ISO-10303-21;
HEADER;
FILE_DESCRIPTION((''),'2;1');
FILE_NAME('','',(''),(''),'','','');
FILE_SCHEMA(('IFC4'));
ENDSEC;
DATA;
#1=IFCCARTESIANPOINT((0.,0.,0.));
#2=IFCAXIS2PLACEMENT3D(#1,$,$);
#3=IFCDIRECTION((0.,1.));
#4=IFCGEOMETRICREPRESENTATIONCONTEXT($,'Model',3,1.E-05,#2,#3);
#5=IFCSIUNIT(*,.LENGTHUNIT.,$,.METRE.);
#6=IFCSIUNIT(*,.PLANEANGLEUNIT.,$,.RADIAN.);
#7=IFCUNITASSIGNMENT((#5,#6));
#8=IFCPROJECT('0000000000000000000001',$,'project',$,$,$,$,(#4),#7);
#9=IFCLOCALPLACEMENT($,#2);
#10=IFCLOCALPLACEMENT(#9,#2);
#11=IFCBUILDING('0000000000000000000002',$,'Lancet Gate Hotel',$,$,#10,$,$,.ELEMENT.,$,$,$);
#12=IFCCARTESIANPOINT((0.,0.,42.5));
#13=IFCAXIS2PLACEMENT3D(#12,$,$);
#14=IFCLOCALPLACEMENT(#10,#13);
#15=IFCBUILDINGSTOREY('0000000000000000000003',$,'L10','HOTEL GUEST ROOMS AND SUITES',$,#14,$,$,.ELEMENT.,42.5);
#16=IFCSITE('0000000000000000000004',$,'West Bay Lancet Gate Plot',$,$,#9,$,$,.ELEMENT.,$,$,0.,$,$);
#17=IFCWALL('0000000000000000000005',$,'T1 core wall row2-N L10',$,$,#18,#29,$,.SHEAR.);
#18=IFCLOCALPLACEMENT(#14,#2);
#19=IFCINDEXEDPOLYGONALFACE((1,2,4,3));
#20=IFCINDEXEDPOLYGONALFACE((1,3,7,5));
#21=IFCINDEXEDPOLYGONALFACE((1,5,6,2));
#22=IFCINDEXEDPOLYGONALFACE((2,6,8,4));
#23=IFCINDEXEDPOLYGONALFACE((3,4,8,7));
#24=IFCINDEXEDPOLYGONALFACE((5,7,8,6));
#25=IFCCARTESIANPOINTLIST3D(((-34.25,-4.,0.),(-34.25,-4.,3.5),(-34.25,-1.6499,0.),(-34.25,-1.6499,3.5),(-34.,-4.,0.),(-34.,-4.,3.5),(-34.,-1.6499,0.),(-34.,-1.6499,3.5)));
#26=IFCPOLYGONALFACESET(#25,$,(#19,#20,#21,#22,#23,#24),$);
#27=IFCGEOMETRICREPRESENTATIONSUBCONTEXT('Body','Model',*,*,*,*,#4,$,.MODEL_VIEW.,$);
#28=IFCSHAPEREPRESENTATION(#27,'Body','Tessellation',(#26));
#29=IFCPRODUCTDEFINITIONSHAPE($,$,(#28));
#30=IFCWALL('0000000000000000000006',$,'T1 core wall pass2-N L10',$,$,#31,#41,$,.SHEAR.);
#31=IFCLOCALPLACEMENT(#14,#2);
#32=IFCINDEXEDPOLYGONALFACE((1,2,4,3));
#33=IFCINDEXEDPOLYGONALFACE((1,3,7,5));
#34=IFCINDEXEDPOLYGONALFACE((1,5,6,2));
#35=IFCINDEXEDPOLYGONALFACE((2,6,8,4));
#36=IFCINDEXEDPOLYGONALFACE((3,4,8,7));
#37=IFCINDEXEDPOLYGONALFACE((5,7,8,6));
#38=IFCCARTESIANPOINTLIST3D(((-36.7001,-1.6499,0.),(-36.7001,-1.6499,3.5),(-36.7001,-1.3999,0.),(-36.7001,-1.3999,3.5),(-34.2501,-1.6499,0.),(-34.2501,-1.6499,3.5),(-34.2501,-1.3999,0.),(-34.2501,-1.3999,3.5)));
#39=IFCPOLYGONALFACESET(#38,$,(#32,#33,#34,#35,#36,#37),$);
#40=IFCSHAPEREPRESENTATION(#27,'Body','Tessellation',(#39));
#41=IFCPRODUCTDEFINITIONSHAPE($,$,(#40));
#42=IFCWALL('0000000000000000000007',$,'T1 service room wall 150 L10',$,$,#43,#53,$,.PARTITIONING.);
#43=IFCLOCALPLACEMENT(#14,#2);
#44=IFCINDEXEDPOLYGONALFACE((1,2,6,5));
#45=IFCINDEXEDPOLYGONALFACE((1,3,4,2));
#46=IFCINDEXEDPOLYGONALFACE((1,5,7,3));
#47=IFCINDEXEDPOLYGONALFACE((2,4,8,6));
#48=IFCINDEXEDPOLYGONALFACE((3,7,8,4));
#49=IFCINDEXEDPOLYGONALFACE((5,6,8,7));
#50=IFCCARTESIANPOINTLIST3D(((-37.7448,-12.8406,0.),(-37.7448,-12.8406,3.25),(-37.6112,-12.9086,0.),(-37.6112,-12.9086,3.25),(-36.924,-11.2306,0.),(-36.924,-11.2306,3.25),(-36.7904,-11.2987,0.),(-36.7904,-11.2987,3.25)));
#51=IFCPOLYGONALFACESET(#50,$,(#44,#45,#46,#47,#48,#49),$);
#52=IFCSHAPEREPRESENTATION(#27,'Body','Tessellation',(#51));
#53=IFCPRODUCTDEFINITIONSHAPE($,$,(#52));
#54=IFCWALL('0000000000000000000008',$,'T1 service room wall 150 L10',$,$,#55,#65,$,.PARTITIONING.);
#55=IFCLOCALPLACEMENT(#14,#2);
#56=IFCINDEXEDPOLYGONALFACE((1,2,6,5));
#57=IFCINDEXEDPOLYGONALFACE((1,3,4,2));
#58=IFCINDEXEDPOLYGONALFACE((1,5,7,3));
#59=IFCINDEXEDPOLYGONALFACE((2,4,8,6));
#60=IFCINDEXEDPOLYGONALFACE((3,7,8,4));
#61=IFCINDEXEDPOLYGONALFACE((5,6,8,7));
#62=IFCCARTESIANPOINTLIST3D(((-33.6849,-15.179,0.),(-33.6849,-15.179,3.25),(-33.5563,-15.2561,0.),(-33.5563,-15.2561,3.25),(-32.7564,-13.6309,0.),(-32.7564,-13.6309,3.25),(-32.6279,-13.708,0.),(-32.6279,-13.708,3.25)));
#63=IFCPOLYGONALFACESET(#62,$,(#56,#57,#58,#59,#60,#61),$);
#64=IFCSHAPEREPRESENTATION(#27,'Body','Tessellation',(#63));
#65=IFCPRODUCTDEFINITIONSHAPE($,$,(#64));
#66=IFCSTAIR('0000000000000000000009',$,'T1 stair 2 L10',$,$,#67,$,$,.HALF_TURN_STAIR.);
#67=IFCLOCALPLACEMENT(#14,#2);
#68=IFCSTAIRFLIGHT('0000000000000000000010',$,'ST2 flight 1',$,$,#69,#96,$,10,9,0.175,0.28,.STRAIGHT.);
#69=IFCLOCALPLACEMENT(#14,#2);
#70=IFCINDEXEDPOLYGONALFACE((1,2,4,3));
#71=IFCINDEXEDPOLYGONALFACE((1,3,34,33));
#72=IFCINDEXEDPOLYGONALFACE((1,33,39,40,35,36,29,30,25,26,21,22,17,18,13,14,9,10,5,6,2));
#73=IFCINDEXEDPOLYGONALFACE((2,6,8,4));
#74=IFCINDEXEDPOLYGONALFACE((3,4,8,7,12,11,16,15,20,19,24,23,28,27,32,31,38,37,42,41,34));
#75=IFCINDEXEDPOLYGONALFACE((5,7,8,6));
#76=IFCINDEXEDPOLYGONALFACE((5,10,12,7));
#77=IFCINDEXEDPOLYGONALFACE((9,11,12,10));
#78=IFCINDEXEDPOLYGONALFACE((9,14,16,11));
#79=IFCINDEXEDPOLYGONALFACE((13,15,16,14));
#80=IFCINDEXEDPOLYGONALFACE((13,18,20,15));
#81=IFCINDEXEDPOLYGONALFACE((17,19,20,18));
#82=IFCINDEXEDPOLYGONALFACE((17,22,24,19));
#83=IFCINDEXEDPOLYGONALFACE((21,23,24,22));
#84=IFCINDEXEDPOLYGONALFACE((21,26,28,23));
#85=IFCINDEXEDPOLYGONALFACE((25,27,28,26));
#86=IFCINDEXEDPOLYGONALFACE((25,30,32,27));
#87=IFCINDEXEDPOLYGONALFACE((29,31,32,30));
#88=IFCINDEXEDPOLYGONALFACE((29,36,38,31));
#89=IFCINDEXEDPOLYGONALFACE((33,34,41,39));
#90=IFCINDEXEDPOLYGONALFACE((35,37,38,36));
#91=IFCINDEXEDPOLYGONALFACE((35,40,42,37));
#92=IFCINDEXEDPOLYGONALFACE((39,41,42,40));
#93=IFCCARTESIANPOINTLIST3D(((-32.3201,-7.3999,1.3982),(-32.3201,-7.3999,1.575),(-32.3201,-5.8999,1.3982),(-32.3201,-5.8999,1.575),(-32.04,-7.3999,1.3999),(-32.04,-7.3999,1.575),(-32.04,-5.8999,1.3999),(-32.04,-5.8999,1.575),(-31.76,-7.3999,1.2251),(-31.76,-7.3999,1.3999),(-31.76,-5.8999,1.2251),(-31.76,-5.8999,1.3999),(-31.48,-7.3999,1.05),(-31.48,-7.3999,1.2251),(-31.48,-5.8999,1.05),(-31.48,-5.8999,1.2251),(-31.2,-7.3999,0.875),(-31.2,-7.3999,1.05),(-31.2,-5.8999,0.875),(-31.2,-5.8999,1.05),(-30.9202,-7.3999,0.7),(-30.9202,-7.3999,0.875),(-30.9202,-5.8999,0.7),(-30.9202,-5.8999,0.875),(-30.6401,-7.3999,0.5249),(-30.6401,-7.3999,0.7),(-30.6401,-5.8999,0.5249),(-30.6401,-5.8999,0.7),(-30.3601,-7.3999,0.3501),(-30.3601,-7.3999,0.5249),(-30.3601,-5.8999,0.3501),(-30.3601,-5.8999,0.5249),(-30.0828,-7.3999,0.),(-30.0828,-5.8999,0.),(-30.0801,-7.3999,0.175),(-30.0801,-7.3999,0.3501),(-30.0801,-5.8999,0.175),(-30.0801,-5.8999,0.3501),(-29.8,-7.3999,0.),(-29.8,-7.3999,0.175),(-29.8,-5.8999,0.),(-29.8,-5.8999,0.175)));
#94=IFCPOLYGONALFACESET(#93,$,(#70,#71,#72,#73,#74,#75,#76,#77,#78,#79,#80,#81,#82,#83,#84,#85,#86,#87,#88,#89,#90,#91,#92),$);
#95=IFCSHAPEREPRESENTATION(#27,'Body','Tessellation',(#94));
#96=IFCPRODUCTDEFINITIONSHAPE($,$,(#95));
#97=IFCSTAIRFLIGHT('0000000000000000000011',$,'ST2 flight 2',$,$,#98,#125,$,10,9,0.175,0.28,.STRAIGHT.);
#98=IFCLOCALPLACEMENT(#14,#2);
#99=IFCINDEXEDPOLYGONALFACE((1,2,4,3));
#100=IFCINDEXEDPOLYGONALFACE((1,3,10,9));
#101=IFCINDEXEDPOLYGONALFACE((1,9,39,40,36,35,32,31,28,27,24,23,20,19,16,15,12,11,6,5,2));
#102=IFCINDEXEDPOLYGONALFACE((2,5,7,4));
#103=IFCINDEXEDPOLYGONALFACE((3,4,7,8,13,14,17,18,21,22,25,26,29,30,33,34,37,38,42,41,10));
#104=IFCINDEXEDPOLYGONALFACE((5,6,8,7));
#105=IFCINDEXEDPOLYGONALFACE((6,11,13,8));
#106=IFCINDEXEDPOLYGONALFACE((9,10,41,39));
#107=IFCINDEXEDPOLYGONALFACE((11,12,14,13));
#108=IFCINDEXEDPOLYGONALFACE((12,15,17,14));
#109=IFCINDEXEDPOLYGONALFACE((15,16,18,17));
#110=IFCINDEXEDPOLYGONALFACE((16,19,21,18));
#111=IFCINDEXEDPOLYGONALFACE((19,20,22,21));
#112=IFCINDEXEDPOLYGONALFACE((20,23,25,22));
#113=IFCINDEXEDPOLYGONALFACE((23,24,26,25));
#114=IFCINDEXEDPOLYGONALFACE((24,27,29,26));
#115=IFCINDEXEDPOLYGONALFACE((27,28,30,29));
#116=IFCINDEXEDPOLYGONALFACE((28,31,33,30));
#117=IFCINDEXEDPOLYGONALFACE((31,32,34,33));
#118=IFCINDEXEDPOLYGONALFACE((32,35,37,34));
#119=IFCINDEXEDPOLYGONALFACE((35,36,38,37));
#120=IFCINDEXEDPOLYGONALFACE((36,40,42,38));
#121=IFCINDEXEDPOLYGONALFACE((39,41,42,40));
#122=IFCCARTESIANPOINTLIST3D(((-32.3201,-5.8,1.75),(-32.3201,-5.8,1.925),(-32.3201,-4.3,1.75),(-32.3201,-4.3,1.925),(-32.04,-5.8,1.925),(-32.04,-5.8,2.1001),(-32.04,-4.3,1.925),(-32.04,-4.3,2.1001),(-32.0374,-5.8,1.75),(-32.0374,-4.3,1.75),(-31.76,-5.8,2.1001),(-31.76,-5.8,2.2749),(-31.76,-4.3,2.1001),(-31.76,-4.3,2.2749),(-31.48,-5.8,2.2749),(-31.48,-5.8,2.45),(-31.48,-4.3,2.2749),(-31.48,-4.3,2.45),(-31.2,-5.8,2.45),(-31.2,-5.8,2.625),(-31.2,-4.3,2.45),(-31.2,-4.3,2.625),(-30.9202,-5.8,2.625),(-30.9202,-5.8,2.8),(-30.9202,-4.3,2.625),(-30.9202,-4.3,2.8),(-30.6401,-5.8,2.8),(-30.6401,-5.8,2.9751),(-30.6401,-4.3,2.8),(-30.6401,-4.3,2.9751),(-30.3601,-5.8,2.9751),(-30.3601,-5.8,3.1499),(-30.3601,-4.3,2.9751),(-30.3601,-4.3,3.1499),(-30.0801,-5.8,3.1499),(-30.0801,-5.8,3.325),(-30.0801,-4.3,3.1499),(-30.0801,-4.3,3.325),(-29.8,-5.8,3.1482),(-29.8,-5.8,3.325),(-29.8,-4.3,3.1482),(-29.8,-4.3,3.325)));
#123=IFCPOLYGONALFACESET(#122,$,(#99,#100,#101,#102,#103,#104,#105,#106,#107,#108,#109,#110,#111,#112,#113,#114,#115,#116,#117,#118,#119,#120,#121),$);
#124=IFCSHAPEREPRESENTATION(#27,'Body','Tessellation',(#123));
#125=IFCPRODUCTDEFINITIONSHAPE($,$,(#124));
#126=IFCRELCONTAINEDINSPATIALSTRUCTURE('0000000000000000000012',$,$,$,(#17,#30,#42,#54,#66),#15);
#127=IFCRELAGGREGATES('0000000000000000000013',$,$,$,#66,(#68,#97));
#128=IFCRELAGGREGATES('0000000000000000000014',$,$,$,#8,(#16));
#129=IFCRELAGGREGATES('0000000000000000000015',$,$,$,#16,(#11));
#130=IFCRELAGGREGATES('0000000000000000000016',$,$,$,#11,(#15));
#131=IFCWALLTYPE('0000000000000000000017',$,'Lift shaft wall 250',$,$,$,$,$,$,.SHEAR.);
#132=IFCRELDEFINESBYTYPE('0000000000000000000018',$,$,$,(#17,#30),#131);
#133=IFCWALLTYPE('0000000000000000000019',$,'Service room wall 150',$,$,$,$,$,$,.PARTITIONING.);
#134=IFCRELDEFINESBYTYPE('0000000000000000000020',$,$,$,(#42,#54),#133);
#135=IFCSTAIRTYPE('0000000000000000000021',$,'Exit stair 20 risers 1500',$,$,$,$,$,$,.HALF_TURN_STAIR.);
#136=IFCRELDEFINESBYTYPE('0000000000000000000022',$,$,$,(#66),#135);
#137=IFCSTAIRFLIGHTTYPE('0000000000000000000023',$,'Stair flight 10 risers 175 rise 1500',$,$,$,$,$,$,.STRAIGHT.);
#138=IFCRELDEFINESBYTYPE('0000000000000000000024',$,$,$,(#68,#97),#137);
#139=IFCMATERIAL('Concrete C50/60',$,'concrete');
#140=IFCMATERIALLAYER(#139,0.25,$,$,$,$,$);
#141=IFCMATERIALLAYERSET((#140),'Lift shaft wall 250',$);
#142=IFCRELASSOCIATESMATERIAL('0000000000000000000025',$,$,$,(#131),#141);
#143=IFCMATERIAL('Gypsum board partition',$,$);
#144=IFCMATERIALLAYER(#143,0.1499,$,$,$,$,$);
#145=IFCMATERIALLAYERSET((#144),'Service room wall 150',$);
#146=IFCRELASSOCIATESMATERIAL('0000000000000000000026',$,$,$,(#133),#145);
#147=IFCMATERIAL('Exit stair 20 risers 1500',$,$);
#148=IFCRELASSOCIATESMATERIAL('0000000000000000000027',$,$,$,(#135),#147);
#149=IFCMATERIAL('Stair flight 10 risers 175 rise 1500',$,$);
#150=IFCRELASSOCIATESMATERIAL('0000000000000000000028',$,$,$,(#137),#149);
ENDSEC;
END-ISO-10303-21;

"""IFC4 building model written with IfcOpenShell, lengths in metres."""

from ifc_helpers import new_model, si_unit, direction, frame, frame_2d, origin, place, context, subcontext, project, spatial, polyline, rectangle, outline, extrude, material, layer, layer_set, type_object, element, aggregate, save


model = new_model("IFC4")

# Units and contexts
model_context = context("Model", 3, precision=1e-05, world=origin(), true_north=direction((0.0, 1.0)))
body_context = subcontext(model_context, "Body", "Model", "MODEL_VIEW")
ifc_project = project(units=[si_unit("LENGTHUNIT", "METRE"), si_unit("PLANEANGLEUNIT", "RADIAN")], contexts=[model_context])

# Site, building, storey
site_placement = place(None, origin())
site = spatial("IfcSite", under=ifc_project, at=site_placement, Name="West Bay Lancet Gate Plot", CompositionType="ELEMENT", RefElevation=0.0)
building_placement = place(site_placement, origin())
building = spatial("IfcBuilding", under=site, at=building_placement, Name="Lancet Gate Hotel", CompositionType="ELEMENT")
storey_placement = place(building_placement, frame((0.0, 0.0, 42.5)))
storey = spatial("IfcBuildingStorey", under=building, at=storey_placement, Name="L10", Description="HOTEL GUEST ROOMS AND SUITES", CompositionType="ELEMENT", Elevation=42.5)

# Shared definitions
ifc_material_1 = material(Name="Concrete C50/60", Category="concrete")
ifc_layer_1 = layer(ifc_material_1, 0.25)
ifc_layer_set_1 = layer_set([ifc_layer_1], Name="Lift shaft wall 250")
wall_type_1 = type_object("IfcWallType", Name="Lift shaft wall 250", PredefinedType="SHEAR", material=ifc_layer_set_1)

# Walls
wall_1_placement = place(storey_placement, frame((-34.125, -1.6499, 0.0), z_axis=(0.0, 0.0, 1.0), x_axis=(0.0, -1.0, 0.0)))
element("IfcWall", 1, at=wall_1_placement, inside=storey, type_object=wall_type_1, Name="T1 core wall row2-N L10", PredefinedType="SHEAR", context=body_context, shape_type="SweptSolid", body=[
    extrude(rectangle(XDim=2.3501, YDim=0.25, at=frame_2d((1.175, 0.0))), origin(), (0.0, 0.0, 1.0), 3.5),
])
wall_2_placement = place(storey_placement, frame((-34.25, -1.5249, 0.0), z_axis=(0.0, 0.0, 1.0), x_axis=(-1.0, 0.0, 0.0)))
element("IfcWall", 2, at=wall_2_placement, inside=storey, type_object=wall_type_1, Name="T1 core wall pass2-N L10", PredefinedType="SHEAR", context=body_context, shape_type="SweptSolid", body=[
    extrude(rectangle(XDim=2.45, YDim=0.25, at=frame_2d((1.2251, 0.0))), origin(), (0.0, 0.0, 1.0), 3.5),
])
ifc_material_2 = material(Name="Gypsum board partition")
ifc_layer_2 = layer(ifc_material_2, 0.1499)
ifc_layer_set_2 = layer_set([ifc_layer_2], Name="Service room wall 150")
wall_type_2 = type_object("IfcWallType", Name="Service room wall 150", PredefinedType="PARTITIONING", material=ifc_layer_set_2)
wall_3_placement = place(storey_placement, frame((-36.8572, -11.2646, 0.0), z_axis=(0.0, 0.0, 1.0), x_axis=(-0.454225, -0.890887, 0.0)))
element("IfcWall", 3, at=wall_3_placement, inside=storey, type_object=wall_type_2, Name="T1 service room wall 150 L10", PredefinedType="PARTITIONING", context=body_context, shape_type="SweptSolid", body=[
    extrude(rectangle(XDim=1.8071, YDim=0.1499, at=frame_2d((0.9036, 0.0))), origin(), (0.0, 0.0, 1.0), 3.25),
])
wall_4_placement = place(storey_placement, frame((-33.6206, -15.2175, 0.0), z_axis=(0.0, 0.0, 1.0), x_axis=(0.514337, 0.857588, 0.0)))
element("IfcWall", 4, at=wall_4_placement, inside=storey, type_object=wall_type_2, Name="T1 service room wall 150 L10", PredefinedType="PARTITIONING", context=body_context, shape_type="SweptSolid", body=[
    extrude(rectangle(XDim=1.8052, YDim=0.1499, at=frame_2d((0.9026, 0.0))), origin(), (0.0, 0.0, 1.0), 3.25),
])

# Stair, stair flights
ifc_material_3 = material(Name="Exit stair 20 risers 1500")
stair_type = type_object("IfcStairType", Name="Exit stair 20 risers 1500", PredefinedType="HALF_TURN_STAIR", material=ifc_material_3)
stair_placement = place(storey_placement, origin())
stair = element("IfcStair", 5, at=stair_placement, inside=storey, type_object=stair_type, Name="T1 stair 2 L10", PredefinedType="HALF_TURN_STAIR")
ifc_material_4 = material(Name="Stair flight 10 risers 175 rise 1500")
stair_flight_type = type_object("IfcStairFlightType", Name="Stair flight 10 risers 175 rise 1500", PredefinedType="STRAIGHT", material=ifc_material_4)
stair_flight_1_placement = place(storey_placement, frame((-29.8, -6.6499, 0.0), z_axis=(0.0, 0.0, 1.0), x_axis=(-1.0, 0.0, 0.0)))
stair_flight_1 = element("IfcStairFlight", 6, at=stair_flight_1_placement, type_object=stair_flight_type, Name="ST2 flight 1", NumberOfRisers=10, NumberOfTreads=9, PredefinedType="STRAIGHT", RiserHeight=0.175, TreadLength=0.28, context=body_context, shape_type="SweptSolid", body=[
    extrude(outline(polyline([(0.0, 0.0), (0.0, 0.175), (0.28, 0.175), (0.28, 0.3501), (0.5601, 0.3501), (0.5601, 0.5249), (0.8401, 0.5249), (0.8401, 0.7), (1.1201, 0.7), (1.1201, 0.875), (1.3999, 0.875), (1.3999, 1.05), (1.6799, 1.05), (1.6799, 1.2251), (1.96, 1.2251), (1.96, 1.3999), (2.24, 1.3999), (2.24, 1.575), (2.52, 1.575), (2.52, 1.75), (2.52, 1.3982), (0.2827, 0.0), (0.0, 0.0)])), frame((0.0, 0.75, 0.0), z_axis=(0.0, -1.0, 0.0), x_axis=(1.0, 0.0, 0.0)), (0.0, 0.0, 1.0), 1.5),
])
stair_flight_2_placement = place(storey_placement, frame((-32.3201, -5.05, 1.75), z_axis=(0.0, 0.0, 1.0), x_axis=(1.0, 0.0, 0.0)))
stair_flight_2 = element("IfcStairFlight", 7, at=stair_flight_2_placement, type_object=stair_flight_type, Name="ST2 flight 2", NumberOfRisers=10, NumberOfTreads=9, PredefinedType="STRAIGHT", RiserHeight=0.175, TreadLength=0.28, context=body_context, shape_type="SweptSolid", body=[
    extrude(outline(polyline([(0.0, 0.0), (0.0, 0.175), (0.28, 0.175), (0.28, 0.3501), (0.5601, 0.3501), (0.5601, 0.5249), (0.8401, 0.5249), (0.8401, 0.7), (1.1201, 0.7), (1.1201, 0.875), (1.3999, 0.875), (1.3999, 1.05), (1.6799, 1.05), (1.6799, 1.2251), (1.96, 1.2251), (1.96, 1.3999), (2.24, 1.3999), (2.24, 1.575), (2.52, 1.575), (2.52, 1.75), (2.52, 1.3982), (0.2827, 0.0), (0.0, 0.0)])), frame((0.0, 0.75, 0.0), z_axis=(0.0, -1.0, 0.0), x_axis=(1.0, 0.0, 0.0)), (0.0, 0.0, 1.0), 1.5),
])
aggregate(stair, [stair_flight_1, stair_flight_2])

save(model, "model.ifc")
